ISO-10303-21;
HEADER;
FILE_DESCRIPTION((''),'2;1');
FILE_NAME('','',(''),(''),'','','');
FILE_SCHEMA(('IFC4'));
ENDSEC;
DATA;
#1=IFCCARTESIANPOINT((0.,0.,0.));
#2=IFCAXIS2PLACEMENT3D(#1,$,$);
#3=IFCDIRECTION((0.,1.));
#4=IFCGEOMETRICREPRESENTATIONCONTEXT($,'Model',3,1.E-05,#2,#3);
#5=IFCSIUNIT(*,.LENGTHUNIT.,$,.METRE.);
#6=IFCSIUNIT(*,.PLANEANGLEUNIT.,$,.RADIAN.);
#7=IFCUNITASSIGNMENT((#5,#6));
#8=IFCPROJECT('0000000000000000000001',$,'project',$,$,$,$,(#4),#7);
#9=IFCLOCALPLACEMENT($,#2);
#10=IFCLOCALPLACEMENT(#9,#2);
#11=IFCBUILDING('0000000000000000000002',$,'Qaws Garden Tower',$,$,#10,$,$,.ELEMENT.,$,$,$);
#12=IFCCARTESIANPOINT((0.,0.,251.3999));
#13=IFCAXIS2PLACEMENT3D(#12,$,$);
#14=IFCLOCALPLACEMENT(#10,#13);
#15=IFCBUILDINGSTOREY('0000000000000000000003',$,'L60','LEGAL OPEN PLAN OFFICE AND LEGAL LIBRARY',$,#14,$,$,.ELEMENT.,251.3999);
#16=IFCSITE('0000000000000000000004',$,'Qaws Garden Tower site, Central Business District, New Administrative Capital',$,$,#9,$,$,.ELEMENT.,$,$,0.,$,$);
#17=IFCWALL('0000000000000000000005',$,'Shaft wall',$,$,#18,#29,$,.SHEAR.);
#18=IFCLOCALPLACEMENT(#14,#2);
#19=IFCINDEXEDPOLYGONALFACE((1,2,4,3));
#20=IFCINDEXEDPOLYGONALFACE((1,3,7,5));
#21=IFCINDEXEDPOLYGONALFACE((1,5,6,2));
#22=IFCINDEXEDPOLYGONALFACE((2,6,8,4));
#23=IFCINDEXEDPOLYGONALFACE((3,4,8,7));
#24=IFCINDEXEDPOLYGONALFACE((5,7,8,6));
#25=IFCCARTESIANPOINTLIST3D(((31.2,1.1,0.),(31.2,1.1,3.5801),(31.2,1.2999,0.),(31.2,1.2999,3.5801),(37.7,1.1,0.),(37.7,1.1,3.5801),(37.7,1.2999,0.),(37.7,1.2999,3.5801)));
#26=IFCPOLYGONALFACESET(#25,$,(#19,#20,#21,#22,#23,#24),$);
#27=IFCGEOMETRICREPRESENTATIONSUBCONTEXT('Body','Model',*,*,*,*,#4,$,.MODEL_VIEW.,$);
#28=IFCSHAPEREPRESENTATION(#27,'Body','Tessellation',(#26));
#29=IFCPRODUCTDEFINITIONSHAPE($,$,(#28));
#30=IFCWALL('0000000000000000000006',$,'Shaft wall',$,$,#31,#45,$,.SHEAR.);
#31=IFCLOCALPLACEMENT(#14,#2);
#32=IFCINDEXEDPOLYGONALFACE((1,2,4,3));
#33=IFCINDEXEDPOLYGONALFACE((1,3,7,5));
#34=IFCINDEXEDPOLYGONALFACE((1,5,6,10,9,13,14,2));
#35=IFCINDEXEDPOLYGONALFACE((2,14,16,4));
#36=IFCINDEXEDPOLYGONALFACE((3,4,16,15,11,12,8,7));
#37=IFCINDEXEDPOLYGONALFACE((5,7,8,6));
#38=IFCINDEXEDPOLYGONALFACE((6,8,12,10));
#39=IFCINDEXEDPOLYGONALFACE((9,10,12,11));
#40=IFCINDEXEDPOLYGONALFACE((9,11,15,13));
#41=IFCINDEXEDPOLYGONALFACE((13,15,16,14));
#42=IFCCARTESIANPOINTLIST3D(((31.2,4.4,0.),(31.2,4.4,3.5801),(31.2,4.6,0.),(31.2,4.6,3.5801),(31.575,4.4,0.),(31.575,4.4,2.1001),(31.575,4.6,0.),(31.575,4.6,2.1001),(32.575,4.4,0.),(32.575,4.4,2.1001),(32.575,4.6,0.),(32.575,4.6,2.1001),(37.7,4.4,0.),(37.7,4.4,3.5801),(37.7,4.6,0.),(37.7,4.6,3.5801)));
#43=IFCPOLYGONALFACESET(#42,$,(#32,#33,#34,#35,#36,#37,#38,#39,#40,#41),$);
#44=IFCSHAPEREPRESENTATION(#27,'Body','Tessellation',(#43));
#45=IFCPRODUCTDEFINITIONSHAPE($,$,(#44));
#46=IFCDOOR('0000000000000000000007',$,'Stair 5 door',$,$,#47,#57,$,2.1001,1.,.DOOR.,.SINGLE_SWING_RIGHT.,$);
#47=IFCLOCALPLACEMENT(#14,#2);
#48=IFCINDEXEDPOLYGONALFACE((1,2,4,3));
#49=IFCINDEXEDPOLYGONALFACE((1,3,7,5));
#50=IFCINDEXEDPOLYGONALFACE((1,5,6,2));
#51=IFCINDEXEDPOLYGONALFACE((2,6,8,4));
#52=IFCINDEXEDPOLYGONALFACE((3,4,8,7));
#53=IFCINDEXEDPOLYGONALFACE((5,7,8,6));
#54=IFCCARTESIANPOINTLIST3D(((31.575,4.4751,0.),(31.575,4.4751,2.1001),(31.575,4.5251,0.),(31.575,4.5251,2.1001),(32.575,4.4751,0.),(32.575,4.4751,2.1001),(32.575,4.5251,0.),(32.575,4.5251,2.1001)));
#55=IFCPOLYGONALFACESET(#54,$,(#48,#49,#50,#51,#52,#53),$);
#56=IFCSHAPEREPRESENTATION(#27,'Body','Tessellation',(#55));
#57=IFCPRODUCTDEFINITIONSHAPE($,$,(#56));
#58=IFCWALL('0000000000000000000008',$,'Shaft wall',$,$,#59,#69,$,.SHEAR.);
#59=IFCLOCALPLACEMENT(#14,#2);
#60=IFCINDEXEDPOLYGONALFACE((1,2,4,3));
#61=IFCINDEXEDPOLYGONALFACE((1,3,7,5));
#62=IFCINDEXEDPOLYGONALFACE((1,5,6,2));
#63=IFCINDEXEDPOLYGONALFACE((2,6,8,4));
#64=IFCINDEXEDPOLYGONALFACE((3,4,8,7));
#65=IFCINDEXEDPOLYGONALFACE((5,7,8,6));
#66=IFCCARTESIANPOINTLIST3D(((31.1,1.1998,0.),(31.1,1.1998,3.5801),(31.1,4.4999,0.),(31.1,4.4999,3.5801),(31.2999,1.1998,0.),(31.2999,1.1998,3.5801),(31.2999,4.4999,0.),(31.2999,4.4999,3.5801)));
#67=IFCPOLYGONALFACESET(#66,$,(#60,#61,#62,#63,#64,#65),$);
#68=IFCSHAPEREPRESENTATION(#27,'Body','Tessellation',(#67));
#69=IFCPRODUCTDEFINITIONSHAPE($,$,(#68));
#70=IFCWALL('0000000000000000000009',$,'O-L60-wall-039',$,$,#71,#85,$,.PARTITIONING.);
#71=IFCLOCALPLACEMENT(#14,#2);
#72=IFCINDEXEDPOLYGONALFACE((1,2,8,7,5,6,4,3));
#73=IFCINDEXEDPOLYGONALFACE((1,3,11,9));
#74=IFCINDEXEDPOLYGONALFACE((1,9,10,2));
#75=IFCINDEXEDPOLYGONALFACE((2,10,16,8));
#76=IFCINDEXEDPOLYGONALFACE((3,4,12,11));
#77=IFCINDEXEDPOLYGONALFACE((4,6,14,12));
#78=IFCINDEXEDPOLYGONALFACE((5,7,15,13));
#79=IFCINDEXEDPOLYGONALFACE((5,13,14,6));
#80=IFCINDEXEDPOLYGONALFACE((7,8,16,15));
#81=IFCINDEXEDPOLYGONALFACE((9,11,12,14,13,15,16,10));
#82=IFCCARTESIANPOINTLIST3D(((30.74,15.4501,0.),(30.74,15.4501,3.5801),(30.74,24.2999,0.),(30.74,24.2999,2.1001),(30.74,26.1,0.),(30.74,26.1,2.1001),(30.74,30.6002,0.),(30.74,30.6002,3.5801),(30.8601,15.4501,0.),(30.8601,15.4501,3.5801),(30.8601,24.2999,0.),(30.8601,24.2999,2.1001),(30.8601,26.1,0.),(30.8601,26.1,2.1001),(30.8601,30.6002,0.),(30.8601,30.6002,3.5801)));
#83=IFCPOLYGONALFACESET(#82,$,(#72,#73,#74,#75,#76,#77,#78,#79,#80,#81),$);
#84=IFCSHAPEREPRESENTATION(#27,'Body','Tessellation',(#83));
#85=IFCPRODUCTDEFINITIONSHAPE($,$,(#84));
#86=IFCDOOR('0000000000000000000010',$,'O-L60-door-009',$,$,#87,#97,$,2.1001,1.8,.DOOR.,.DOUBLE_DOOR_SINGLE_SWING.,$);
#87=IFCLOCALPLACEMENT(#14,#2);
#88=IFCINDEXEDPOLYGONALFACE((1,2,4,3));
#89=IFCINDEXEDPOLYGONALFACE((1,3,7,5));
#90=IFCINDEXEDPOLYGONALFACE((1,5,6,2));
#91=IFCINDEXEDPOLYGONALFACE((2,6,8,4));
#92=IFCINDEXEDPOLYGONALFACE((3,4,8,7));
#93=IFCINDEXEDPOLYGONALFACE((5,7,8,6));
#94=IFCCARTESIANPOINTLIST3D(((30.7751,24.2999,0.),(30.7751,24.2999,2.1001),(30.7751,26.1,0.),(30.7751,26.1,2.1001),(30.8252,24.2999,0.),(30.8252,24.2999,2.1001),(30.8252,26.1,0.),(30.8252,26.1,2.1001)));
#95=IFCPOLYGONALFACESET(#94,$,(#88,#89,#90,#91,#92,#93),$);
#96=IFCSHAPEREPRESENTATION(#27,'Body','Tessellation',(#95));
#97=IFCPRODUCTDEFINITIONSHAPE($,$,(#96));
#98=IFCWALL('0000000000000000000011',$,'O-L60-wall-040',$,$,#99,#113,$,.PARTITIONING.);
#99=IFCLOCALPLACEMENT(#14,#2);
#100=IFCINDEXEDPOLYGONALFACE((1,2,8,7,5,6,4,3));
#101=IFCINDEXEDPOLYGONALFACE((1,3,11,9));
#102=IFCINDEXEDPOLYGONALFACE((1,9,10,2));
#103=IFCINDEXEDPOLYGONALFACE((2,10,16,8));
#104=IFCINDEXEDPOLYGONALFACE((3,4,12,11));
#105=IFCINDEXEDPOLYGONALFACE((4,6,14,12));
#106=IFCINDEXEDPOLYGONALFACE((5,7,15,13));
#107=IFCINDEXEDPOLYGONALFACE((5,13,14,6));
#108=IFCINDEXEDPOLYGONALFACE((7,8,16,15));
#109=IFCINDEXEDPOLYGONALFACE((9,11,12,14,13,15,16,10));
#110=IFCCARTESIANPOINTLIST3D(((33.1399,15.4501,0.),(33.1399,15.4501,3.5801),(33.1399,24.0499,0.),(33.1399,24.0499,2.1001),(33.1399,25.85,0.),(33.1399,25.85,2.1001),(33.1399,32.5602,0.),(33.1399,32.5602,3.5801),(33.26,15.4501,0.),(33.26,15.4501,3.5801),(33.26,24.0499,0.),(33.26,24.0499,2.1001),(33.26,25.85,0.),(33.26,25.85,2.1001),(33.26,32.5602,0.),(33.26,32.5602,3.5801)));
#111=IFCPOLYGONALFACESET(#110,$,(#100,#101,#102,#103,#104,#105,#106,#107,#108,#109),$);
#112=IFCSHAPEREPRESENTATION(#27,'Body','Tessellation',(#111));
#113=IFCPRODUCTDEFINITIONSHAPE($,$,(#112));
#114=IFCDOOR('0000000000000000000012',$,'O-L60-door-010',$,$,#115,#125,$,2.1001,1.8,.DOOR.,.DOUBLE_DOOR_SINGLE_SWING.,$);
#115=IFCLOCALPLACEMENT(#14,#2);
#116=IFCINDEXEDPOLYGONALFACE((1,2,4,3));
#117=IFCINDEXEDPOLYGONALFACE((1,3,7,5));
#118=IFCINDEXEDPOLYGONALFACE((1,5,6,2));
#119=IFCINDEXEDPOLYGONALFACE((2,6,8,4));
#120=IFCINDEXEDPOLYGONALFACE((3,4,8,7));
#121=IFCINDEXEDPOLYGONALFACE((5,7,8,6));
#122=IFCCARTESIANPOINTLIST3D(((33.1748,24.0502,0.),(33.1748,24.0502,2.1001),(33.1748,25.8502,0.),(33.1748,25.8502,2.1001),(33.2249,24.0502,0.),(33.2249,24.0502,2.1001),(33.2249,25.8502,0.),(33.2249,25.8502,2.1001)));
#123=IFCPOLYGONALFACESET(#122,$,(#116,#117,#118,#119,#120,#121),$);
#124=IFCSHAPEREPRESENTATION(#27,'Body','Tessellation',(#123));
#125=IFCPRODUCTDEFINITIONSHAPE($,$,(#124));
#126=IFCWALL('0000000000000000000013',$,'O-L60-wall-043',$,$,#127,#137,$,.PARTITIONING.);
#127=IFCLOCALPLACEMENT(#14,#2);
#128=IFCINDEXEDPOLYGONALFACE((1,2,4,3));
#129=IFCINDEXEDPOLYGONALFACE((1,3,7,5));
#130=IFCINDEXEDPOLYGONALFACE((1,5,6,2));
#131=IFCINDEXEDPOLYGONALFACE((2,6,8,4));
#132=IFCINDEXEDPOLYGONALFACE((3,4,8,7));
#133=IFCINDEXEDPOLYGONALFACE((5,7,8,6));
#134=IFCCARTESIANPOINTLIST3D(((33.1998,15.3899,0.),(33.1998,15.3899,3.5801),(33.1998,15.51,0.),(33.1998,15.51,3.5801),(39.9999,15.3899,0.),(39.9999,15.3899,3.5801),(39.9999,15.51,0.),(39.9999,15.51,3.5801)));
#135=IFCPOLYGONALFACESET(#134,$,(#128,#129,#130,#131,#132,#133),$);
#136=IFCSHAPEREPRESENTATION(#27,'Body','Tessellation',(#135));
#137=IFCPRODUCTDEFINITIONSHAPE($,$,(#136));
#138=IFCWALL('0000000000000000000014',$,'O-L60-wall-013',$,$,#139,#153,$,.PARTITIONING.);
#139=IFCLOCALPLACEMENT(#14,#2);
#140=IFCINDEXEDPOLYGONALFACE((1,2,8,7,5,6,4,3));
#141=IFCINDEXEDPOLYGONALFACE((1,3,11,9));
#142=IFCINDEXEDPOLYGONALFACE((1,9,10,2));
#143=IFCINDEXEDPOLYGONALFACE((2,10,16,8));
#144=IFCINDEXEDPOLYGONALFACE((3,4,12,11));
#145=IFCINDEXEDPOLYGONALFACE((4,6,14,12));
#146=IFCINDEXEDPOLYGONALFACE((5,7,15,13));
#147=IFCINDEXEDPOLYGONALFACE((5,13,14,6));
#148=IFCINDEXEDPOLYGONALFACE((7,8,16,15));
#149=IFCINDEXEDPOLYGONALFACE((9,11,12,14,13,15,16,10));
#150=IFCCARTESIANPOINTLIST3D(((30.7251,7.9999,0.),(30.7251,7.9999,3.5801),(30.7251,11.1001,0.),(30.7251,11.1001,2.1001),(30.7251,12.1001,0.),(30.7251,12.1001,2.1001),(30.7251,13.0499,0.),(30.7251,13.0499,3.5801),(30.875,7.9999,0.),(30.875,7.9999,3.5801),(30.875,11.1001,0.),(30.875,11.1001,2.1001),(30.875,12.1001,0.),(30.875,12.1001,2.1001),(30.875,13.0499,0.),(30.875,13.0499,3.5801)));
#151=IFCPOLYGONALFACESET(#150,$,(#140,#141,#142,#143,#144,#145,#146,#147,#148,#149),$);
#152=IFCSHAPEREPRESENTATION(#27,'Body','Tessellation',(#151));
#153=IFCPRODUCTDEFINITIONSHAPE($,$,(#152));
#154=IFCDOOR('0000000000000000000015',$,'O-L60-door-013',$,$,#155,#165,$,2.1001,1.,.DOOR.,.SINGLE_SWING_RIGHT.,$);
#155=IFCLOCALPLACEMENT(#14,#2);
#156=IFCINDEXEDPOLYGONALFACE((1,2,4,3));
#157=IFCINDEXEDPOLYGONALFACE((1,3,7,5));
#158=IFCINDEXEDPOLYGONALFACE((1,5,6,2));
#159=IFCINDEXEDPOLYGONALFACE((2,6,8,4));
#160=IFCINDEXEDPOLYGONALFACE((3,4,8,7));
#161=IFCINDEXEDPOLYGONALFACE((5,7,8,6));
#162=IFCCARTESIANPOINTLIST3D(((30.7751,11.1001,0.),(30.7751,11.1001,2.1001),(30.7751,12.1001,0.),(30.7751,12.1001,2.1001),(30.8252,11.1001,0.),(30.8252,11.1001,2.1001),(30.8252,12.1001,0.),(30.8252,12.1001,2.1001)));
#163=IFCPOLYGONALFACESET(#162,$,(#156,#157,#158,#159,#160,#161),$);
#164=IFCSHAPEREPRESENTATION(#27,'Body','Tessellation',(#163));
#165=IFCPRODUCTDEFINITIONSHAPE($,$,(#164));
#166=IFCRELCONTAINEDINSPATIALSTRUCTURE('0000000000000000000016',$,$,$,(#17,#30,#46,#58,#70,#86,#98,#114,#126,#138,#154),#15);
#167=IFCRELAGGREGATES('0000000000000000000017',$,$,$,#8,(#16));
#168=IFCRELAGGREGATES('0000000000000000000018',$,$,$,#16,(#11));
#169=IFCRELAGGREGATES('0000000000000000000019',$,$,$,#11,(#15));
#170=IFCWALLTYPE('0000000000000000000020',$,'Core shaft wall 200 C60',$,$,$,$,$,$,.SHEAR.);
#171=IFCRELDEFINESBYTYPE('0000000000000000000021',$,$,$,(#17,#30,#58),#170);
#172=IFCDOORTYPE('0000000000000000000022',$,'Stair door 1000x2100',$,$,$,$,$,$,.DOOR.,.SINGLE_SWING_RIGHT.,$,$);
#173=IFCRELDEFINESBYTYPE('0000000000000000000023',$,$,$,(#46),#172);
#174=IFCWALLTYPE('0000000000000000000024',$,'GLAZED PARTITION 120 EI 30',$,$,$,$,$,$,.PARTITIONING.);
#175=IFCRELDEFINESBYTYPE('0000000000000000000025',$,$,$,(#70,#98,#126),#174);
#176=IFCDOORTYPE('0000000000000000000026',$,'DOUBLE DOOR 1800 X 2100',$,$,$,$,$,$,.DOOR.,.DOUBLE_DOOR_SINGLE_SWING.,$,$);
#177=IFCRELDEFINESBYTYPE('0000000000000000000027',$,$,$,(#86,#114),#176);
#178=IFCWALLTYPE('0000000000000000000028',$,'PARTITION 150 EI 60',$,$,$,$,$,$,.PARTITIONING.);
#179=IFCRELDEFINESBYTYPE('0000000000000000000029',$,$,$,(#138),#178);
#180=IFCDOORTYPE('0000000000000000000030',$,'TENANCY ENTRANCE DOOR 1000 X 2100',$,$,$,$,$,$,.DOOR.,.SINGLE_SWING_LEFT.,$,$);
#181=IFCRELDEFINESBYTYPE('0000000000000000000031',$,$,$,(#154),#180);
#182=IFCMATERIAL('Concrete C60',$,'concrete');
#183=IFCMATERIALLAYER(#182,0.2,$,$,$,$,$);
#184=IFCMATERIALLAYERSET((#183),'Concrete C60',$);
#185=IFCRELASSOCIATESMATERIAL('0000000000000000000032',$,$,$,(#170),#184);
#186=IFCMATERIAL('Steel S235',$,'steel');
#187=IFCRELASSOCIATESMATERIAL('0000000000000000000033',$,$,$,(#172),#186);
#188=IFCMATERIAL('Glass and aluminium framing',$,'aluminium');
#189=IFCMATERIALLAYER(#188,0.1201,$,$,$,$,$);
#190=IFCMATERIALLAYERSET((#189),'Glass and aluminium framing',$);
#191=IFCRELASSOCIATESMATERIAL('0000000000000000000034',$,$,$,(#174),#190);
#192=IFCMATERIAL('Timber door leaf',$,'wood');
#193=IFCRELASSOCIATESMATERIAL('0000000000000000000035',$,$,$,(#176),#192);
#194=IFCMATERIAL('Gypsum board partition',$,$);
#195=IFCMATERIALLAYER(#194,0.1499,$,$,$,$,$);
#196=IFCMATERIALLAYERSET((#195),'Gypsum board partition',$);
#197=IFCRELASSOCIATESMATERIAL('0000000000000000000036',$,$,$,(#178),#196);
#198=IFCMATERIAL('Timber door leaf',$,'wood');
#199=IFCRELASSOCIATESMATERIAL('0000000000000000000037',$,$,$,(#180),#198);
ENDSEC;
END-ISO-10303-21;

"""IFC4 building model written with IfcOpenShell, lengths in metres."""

from ifc_helpers import new_model, si_unit, direction, frame, frame_2d, origin, place, context, subcontext, project, spatial, rectangle, extrude, material, layer, layer_set, type_object, element, fill, save


model = new_model("IFC4")

# Units and contexts
model_context = context("Model", 3, precision=1e-05, world=origin(), true_north=direction((0.0, 1.0)))
body_context = subcontext(model_context, "Body", "Model", "MODEL_VIEW")
ifc_project = project(units=[si_unit("LENGTHUNIT", "METRE"), si_unit("PLANEANGLEUNIT", "RADIAN")], contexts=[model_context])

# Site, building, storey
site_placement = place(None, origin())
site = spatial("IfcSite", under=ifc_project, at=site_placement, Name="Qaws Garden Tower site, Central Business District, New Administrative Capital", CompositionType="ELEMENT", RefElevation=0.0)
building_placement = place(site_placement, origin())
building = spatial("IfcBuilding", under=site, at=building_placement, Name="Qaws Garden Tower", CompositionType="ELEMENT")
storey_placement = place(building_placement, frame((0.0, 0.0, 251.3999)))
storey = spatial("IfcBuildingStorey", under=building, at=storey_placement, Name="L60", Description="LEGAL OPEN PLAN OFFICE AND LEGAL LIBRARY", CompositionType="ELEMENT", Elevation=251.3999)

# Wall
ifc_material_1 = material(Name="Concrete C60", Category="concrete")
ifc_layer_1 = layer(ifc_material_1, 0.2)
ifc_layer_set_1 = layer_set([ifc_layer_1], Name="Concrete C60")
wall_type_1 = type_object("IfcWallType", Name="Core shaft wall 200 C60", PredefinedType="SHEAR", material=ifc_layer_set_1)
wall_1_placement = place(storey_placement, frame((31.2, 1.2, 0.0), z_axis=(0.0, 0.0, 1.0), x_axis=(1.0, 0.0, 0.0)))
element("IfcWall", 1, at=wall_1_placement, inside=storey, type_object=wall_type_1, Name="Shaft wall", PredefinedType="SHEAR", context=body_context, shape_type="SweptSolid", body=[
    extrude(rectangle(XDim=6.5, YDim=0.2, at=frame_2d((3.25, 0.0))), origin(), (0.0, 0.0, 1.0), 3.5801),
])

# Wall, opening, door
wall_2_placement = place(storey_placement, frame((31.2, 4.5, 0.0), z_axis=(0.0, 0.0, 1.0), x_axis=(1.0, 0.0, 0.0)))
wall_2 = element("IfcWall", 2, at=wall_2_placement, inside=storey, type_object=wall_type_1, Name="Shaft wall", PredefinedType="SHEAR", context=body_context, shape_type="SweptSolid", body=[
    extrude(rectangle(XDim=6.5, YDim=0.2, at=frame_2d((3.25, 0.0))), origin(), (0.0, 0.0, 1.0), 3.5801),
])
opening_1_placement = place(wall_2_placement, frame((0.375, 0.0, 0.0)))
opening_1 = element("IfcOpeningElement", 3, at=opening_1_placement, cuts=wall_2, PredefinedType="OPENING", context=body_context, shape_type="SweptSolid", body=[
    extrude(rectangle(XDim=1.0, YDim=2.1001, at=frame_2d((0.5, 1.05))), frame((0.0, 0.1099, 0.0), z_axis=(0.0, -1.0, 0.0), x_axis=(1.0, 0.0, 0.0)), (0.0, 0.0, 1.0), 0.22),
])
ifc_material_2 = material(Name="Steel S235", Category="steel")
door_type_1 = type_object("IfcDoorType", Name="Stair door 1000x2100", OperationType="SINGLE_SWING_RIGHT", PredefinedType="DOOR", material=ifc_material_2)
door_1_placement = place(opening_1_placement, frame((1.0, 0.0, 0.0), z_axis=(0.0, 0.0, 1.0), x_axis=(-1.0, 0.0, 0.0)))
door_1 = element("IfcDoor", 4, at=door_1_placement, inside=storey, type_object=door_type_1, Name="Stair 5 door", OperationType="SINGLE_SWING_RIGHT", OverallHeight=2.1001, OverallWidth=1.0, PredefinedType="DOOR", context=body_context, shape_type="SweptSolid", body=[
    extrude(rectangle(XDim=1.0, YDim=2.1001, at=frame_2d((0.5, 1.05))), frame((0.0, 0.0249, 0.0), z_axis=(0.0, -1.0, 0.0), x_axis=(1.0, 0.0, 0.0)), (0.0, 0.0, 1.0), 0.05),
])
fill(opening_1, door_1)

# Wall
wall_3_placement = place(storey_placement, frame((31.2, 1.2, 0.0), z_axis=(0.0, 0.0, 1.0), x_axis=(0.0, 1.0, 0.0)))
element("IfcWall", 5, at=wall_3_placement, inside=storey, type_object=wall_type_1, Name="Shaft wall", PredefinedType="SHEAR", context=body_context, shape_type="SweptSolid", body=[
    extrude(rectangle(XDim=3.3, YDim=0.2, at=frame_2d((1.6499, 0.0))), origin(), (0.0, 0.0, 1.0), 3.5801),
])

# Walls, openings, doors
ifc_material_3 = material(Name="Glass and aluminium framing", Category="aluminium")
ifc_layer_2 = layer(ifc_material_3, 0.1201)
ifc_layer_set_2 = layer_set([ifc_layer_2], Name="Glass and aluminium framing")
wall_type_2 = type_object("IfcWallType", Name="GLAZED PARTITION 120 EI 30", PredefinedType="PARTITIONING", material=ifc_layer_set_2)
wall_4_placement = place(storey_placement, frame((30.8, 15.45, 0.0), z_axis=(0.0, 0.0, 1.0), x_axis=(0.0, 1.0, 0.0)))
wall_4 = element("IfcWall", 6, at=wall_4_placement, inside=storey, type_object=wall_type_2, Name="O-L60-wall-039", PredefinedType="PARTITIONING", context=body_context, shape_type="SweptSolid", body=[
    extrude(rectangle(XDim=15.1501, YDim=0.1201, at=frame_2d((7.5752, 0.0))), origin(), (0.0, 0.0, 1.0), 3.5801),
])
opening_2_placement = place(wall_4_placement, frame((8.8501, 0.0, 0.0)))
opening_2 = element("IfcOpeningElement", 7, at=opening_2_placement, cuts=wall_4, PredefinedType="OPENING", context=body_context, shape_type="SweptSolid", body=[
    extrude(rectangle(XDim=1.8, YDim=2.1001, at=frame_2d((0.8999, 1.05))), frame((0.0, 0.0701, 0.0), z_axis=(0.0, -1.0, 0.0), x_axis=(1.0, 0.0, 0.0)), (0.0, 0.0, 1.0), 0.1401),
])
ifc_material_4 = material(Name="Timber door leaf", Category="wood")
door_type_2 = type_object("IfcDoorType", Name="DOUBLE DOOR 1800 X 2100", OperationType="DOUBLE_DOOR_SINGLE_SWING", PredefinedType="DOOR", material=ifc_material_4)
door_2_placement = place(opening_2_placement, origin())
door_2 = element("IfcDoor", 8, at=door_2_placement, inside=storey, type_object=door_type_2, Name="O-L60-door-009", OperationType="DOUBLE_DOOR_SINGLE_SWING", OverallHeight=2.1001, OverallWidth=1.8, PredefinedType="DOOR", context=body_context, shape_type="SweptSolid", body=[
    extrude(rectangle(XDim=1.8, YDim=2.1001, at=frame_2d((0.8999, 1.05))), frame((0.0, 0.0249, 0.0), z_axis=(0.0, -1.0, 0.0), x_axis=(1.0, 0.0, 0.0)), (0.0, 0.0, 1.0), 0.05),
])
fill(opening_2, door_2)
wall_5_placement = place(storey_placement, frame((33.2, 15.45, 0.0), z_axis=(0.0, 0.0, 1.0), x_axis=(0.0, 1.0, 0.0)))
wall_5 = element("IfcWall", 9, at=wall_5_placement, inside=storey, type_object=wall_type_2, Name="O-L60-wall-040", PredefinedType="PARTITIONING", context=body_context, shape_type="SweptSolid", body=[
    extrude(rectangle(XDim=17.1101, YDim=0.1201, at=frame_2d((8.5552, 0.0))), origin(), (0.0, 0.0, 1.0), 3.5801),
])
opening_3_placement = place(wall_5_placement, frame((8.6001, 0.0, 0.0)))
opening_3 = element("IfcOpeningElement", 10, at=opening_3_placement, cuts=wall_5, PredefinedType="OPENING", context=body_context, shape_type="SweptSolid", body=[
    extrude(rectangle(XDim=1.8, YDim=2.1001, at=frame_2d((0.8999, 1.05))), frame((0.0, 0.0701, 0.0), z_axis=(0.0, -1.0, 0.0), x_axis=(1.0, 0.0, 0.0)), (0.0, 0.0, 1.0), 0.1401),
])
door_3_placement = place(opening_3_placement, frame((1.8, 0.0, 0.0), z_axis=(0.0, 0.0, 1.0), x_axis=(-1.0, 0.0, 0.0)))
door_3 = element("IfcDoor", 11, at=door_3_placement, inside=storey, type_object=door_type_2, Name="O-L60-door-010", OperationType="DOUBLE_DOOR_SINGLE_SWING", OverallHeight=2.1001, OverallWidth=1.8, PredefinedType="DOOR", context=body_context, shape_type="SweptSolid", body=[
    extrude(rectangle(XDim=1.8, YDim=2.1001, at=frame_2d((0.8999, 1.05))), frame((0.0, 0.0249, 0.0), z_axis=(0.0, -1.0, 0.0), x_axis=(1.0, 0.0, 0.0)), (0.0, 0.0, 1.0), 0.05),
])
fill(opening_3, door_3)

# Wall
wall_6_placement = place(storey_placement, frame((33.2, 15.45, 0.0), z_axis=(0.0, 0.0, 1.0), x_axis=(1.0, 0.0, 0.0)))
element("IfcWall", 12, at=wall_6_placement, inside=storey, type_object=wall_type_2, Name="O-L60-wall-043", PredefinedType="PARTITIONING", context=body_context, shape_type="SweptSolid", body=[
    extrude(rectangle(XDim=6.8, YDim=0.1201, at=frame_2d((3.3999, 0.0))), origin(), (0.0, 0.0, 1.0), 3.5801),
])

# Wall, opening, door
ifc_material_5 = material(Name="Gypsum board partition")
ifc_layer_3 = layer(ifc_material_5, 0.1499)
ifc_layer_set_3 = layer_set([ifc_layer_3], Name="Gypsum board partition")
wall_type_3 = type_object("IfcWallType", Name="PARTITION 150 EI 60", PredefinedType="PARTITIONING", material=ifc_layer_set_3)
wall_7_placement = place(storey_placement, frame((30.8, 8.0, 0.0), z_axis=(0.0, 0.0, 1.0), x_axis=(0.0, 1.0, 0.0)))
wall_7 = element("IfcWall", 13, at=wall_7_placement, inside=storey, type_object=wall_type_3, Name="O-L60-wall-013", PredefinedType="PARTITIONING", context=body_context, shape_type="SweptSolid", body=[
    extrude(rectangle(XDim=5.05, YDim=0.1499, at=frame_2d((2.5249, 0.0))), origin(), (0.0, 0.0, 1.0), 3.5801),
])
opening_4_placement = place(wall_7_placement, frame((3.1001, 0.0, 0.0)))
opening_4 = element("IfcOpeningElement", 14, at=opening_4_placement, cuts=wall_7, PredefinedType="OPENING", context=body_context, shape_type="SweptSolid", body=[
    extrude(rectangle(XDim=1.0, YDim=2.1001, at=frame_2d((0.5, 1.05))), frame((0.0, 0.085, 0.0), z_axis=(0.0, -1.0, 0.0), x_axis=(1.0, 0.0, 0.0)), (0.0, 0.0, 1.0), 0.1699),
])
ifc_material_6 = material(Name="Timber door leaf", Category="wood")
door_type_3 = type_object("IfcDoorType", Name="TENANCY ENTRANCE DOOR 1000 X 2100", OperationType="SINGLE_SWING_LEFT", PredefinedType="DOOR", material=ifc_material_6)
door_4_placement = place(opening_4_placement, origin())
door_4 = element("IfcDoor", 15, at=door_4_placement, inside=storey, type_object=door_type_3, Name="O-L60-door-013", OperationType="SINGLE_SWING_RIGHT", OverallHeight=2.1001, OverallWidth=1.0, PredefinedType="DOOR", context=body_context, shape_type="SweptSolid", body=[
    extrude(rectangle(XDim=1.0, YDim=2.1001, at=frame_2d((0.5, 1.05))), frame((0.0, 0.0249, 0.0), z_axis=(0.0, -1.0, 0.0), x_axis=(1.0, 0.0, 0.0)), (0.0, 0.0, 1.0), 0.05),
])
fill(opening_4, door_4)

save(model, "model.ifc")
